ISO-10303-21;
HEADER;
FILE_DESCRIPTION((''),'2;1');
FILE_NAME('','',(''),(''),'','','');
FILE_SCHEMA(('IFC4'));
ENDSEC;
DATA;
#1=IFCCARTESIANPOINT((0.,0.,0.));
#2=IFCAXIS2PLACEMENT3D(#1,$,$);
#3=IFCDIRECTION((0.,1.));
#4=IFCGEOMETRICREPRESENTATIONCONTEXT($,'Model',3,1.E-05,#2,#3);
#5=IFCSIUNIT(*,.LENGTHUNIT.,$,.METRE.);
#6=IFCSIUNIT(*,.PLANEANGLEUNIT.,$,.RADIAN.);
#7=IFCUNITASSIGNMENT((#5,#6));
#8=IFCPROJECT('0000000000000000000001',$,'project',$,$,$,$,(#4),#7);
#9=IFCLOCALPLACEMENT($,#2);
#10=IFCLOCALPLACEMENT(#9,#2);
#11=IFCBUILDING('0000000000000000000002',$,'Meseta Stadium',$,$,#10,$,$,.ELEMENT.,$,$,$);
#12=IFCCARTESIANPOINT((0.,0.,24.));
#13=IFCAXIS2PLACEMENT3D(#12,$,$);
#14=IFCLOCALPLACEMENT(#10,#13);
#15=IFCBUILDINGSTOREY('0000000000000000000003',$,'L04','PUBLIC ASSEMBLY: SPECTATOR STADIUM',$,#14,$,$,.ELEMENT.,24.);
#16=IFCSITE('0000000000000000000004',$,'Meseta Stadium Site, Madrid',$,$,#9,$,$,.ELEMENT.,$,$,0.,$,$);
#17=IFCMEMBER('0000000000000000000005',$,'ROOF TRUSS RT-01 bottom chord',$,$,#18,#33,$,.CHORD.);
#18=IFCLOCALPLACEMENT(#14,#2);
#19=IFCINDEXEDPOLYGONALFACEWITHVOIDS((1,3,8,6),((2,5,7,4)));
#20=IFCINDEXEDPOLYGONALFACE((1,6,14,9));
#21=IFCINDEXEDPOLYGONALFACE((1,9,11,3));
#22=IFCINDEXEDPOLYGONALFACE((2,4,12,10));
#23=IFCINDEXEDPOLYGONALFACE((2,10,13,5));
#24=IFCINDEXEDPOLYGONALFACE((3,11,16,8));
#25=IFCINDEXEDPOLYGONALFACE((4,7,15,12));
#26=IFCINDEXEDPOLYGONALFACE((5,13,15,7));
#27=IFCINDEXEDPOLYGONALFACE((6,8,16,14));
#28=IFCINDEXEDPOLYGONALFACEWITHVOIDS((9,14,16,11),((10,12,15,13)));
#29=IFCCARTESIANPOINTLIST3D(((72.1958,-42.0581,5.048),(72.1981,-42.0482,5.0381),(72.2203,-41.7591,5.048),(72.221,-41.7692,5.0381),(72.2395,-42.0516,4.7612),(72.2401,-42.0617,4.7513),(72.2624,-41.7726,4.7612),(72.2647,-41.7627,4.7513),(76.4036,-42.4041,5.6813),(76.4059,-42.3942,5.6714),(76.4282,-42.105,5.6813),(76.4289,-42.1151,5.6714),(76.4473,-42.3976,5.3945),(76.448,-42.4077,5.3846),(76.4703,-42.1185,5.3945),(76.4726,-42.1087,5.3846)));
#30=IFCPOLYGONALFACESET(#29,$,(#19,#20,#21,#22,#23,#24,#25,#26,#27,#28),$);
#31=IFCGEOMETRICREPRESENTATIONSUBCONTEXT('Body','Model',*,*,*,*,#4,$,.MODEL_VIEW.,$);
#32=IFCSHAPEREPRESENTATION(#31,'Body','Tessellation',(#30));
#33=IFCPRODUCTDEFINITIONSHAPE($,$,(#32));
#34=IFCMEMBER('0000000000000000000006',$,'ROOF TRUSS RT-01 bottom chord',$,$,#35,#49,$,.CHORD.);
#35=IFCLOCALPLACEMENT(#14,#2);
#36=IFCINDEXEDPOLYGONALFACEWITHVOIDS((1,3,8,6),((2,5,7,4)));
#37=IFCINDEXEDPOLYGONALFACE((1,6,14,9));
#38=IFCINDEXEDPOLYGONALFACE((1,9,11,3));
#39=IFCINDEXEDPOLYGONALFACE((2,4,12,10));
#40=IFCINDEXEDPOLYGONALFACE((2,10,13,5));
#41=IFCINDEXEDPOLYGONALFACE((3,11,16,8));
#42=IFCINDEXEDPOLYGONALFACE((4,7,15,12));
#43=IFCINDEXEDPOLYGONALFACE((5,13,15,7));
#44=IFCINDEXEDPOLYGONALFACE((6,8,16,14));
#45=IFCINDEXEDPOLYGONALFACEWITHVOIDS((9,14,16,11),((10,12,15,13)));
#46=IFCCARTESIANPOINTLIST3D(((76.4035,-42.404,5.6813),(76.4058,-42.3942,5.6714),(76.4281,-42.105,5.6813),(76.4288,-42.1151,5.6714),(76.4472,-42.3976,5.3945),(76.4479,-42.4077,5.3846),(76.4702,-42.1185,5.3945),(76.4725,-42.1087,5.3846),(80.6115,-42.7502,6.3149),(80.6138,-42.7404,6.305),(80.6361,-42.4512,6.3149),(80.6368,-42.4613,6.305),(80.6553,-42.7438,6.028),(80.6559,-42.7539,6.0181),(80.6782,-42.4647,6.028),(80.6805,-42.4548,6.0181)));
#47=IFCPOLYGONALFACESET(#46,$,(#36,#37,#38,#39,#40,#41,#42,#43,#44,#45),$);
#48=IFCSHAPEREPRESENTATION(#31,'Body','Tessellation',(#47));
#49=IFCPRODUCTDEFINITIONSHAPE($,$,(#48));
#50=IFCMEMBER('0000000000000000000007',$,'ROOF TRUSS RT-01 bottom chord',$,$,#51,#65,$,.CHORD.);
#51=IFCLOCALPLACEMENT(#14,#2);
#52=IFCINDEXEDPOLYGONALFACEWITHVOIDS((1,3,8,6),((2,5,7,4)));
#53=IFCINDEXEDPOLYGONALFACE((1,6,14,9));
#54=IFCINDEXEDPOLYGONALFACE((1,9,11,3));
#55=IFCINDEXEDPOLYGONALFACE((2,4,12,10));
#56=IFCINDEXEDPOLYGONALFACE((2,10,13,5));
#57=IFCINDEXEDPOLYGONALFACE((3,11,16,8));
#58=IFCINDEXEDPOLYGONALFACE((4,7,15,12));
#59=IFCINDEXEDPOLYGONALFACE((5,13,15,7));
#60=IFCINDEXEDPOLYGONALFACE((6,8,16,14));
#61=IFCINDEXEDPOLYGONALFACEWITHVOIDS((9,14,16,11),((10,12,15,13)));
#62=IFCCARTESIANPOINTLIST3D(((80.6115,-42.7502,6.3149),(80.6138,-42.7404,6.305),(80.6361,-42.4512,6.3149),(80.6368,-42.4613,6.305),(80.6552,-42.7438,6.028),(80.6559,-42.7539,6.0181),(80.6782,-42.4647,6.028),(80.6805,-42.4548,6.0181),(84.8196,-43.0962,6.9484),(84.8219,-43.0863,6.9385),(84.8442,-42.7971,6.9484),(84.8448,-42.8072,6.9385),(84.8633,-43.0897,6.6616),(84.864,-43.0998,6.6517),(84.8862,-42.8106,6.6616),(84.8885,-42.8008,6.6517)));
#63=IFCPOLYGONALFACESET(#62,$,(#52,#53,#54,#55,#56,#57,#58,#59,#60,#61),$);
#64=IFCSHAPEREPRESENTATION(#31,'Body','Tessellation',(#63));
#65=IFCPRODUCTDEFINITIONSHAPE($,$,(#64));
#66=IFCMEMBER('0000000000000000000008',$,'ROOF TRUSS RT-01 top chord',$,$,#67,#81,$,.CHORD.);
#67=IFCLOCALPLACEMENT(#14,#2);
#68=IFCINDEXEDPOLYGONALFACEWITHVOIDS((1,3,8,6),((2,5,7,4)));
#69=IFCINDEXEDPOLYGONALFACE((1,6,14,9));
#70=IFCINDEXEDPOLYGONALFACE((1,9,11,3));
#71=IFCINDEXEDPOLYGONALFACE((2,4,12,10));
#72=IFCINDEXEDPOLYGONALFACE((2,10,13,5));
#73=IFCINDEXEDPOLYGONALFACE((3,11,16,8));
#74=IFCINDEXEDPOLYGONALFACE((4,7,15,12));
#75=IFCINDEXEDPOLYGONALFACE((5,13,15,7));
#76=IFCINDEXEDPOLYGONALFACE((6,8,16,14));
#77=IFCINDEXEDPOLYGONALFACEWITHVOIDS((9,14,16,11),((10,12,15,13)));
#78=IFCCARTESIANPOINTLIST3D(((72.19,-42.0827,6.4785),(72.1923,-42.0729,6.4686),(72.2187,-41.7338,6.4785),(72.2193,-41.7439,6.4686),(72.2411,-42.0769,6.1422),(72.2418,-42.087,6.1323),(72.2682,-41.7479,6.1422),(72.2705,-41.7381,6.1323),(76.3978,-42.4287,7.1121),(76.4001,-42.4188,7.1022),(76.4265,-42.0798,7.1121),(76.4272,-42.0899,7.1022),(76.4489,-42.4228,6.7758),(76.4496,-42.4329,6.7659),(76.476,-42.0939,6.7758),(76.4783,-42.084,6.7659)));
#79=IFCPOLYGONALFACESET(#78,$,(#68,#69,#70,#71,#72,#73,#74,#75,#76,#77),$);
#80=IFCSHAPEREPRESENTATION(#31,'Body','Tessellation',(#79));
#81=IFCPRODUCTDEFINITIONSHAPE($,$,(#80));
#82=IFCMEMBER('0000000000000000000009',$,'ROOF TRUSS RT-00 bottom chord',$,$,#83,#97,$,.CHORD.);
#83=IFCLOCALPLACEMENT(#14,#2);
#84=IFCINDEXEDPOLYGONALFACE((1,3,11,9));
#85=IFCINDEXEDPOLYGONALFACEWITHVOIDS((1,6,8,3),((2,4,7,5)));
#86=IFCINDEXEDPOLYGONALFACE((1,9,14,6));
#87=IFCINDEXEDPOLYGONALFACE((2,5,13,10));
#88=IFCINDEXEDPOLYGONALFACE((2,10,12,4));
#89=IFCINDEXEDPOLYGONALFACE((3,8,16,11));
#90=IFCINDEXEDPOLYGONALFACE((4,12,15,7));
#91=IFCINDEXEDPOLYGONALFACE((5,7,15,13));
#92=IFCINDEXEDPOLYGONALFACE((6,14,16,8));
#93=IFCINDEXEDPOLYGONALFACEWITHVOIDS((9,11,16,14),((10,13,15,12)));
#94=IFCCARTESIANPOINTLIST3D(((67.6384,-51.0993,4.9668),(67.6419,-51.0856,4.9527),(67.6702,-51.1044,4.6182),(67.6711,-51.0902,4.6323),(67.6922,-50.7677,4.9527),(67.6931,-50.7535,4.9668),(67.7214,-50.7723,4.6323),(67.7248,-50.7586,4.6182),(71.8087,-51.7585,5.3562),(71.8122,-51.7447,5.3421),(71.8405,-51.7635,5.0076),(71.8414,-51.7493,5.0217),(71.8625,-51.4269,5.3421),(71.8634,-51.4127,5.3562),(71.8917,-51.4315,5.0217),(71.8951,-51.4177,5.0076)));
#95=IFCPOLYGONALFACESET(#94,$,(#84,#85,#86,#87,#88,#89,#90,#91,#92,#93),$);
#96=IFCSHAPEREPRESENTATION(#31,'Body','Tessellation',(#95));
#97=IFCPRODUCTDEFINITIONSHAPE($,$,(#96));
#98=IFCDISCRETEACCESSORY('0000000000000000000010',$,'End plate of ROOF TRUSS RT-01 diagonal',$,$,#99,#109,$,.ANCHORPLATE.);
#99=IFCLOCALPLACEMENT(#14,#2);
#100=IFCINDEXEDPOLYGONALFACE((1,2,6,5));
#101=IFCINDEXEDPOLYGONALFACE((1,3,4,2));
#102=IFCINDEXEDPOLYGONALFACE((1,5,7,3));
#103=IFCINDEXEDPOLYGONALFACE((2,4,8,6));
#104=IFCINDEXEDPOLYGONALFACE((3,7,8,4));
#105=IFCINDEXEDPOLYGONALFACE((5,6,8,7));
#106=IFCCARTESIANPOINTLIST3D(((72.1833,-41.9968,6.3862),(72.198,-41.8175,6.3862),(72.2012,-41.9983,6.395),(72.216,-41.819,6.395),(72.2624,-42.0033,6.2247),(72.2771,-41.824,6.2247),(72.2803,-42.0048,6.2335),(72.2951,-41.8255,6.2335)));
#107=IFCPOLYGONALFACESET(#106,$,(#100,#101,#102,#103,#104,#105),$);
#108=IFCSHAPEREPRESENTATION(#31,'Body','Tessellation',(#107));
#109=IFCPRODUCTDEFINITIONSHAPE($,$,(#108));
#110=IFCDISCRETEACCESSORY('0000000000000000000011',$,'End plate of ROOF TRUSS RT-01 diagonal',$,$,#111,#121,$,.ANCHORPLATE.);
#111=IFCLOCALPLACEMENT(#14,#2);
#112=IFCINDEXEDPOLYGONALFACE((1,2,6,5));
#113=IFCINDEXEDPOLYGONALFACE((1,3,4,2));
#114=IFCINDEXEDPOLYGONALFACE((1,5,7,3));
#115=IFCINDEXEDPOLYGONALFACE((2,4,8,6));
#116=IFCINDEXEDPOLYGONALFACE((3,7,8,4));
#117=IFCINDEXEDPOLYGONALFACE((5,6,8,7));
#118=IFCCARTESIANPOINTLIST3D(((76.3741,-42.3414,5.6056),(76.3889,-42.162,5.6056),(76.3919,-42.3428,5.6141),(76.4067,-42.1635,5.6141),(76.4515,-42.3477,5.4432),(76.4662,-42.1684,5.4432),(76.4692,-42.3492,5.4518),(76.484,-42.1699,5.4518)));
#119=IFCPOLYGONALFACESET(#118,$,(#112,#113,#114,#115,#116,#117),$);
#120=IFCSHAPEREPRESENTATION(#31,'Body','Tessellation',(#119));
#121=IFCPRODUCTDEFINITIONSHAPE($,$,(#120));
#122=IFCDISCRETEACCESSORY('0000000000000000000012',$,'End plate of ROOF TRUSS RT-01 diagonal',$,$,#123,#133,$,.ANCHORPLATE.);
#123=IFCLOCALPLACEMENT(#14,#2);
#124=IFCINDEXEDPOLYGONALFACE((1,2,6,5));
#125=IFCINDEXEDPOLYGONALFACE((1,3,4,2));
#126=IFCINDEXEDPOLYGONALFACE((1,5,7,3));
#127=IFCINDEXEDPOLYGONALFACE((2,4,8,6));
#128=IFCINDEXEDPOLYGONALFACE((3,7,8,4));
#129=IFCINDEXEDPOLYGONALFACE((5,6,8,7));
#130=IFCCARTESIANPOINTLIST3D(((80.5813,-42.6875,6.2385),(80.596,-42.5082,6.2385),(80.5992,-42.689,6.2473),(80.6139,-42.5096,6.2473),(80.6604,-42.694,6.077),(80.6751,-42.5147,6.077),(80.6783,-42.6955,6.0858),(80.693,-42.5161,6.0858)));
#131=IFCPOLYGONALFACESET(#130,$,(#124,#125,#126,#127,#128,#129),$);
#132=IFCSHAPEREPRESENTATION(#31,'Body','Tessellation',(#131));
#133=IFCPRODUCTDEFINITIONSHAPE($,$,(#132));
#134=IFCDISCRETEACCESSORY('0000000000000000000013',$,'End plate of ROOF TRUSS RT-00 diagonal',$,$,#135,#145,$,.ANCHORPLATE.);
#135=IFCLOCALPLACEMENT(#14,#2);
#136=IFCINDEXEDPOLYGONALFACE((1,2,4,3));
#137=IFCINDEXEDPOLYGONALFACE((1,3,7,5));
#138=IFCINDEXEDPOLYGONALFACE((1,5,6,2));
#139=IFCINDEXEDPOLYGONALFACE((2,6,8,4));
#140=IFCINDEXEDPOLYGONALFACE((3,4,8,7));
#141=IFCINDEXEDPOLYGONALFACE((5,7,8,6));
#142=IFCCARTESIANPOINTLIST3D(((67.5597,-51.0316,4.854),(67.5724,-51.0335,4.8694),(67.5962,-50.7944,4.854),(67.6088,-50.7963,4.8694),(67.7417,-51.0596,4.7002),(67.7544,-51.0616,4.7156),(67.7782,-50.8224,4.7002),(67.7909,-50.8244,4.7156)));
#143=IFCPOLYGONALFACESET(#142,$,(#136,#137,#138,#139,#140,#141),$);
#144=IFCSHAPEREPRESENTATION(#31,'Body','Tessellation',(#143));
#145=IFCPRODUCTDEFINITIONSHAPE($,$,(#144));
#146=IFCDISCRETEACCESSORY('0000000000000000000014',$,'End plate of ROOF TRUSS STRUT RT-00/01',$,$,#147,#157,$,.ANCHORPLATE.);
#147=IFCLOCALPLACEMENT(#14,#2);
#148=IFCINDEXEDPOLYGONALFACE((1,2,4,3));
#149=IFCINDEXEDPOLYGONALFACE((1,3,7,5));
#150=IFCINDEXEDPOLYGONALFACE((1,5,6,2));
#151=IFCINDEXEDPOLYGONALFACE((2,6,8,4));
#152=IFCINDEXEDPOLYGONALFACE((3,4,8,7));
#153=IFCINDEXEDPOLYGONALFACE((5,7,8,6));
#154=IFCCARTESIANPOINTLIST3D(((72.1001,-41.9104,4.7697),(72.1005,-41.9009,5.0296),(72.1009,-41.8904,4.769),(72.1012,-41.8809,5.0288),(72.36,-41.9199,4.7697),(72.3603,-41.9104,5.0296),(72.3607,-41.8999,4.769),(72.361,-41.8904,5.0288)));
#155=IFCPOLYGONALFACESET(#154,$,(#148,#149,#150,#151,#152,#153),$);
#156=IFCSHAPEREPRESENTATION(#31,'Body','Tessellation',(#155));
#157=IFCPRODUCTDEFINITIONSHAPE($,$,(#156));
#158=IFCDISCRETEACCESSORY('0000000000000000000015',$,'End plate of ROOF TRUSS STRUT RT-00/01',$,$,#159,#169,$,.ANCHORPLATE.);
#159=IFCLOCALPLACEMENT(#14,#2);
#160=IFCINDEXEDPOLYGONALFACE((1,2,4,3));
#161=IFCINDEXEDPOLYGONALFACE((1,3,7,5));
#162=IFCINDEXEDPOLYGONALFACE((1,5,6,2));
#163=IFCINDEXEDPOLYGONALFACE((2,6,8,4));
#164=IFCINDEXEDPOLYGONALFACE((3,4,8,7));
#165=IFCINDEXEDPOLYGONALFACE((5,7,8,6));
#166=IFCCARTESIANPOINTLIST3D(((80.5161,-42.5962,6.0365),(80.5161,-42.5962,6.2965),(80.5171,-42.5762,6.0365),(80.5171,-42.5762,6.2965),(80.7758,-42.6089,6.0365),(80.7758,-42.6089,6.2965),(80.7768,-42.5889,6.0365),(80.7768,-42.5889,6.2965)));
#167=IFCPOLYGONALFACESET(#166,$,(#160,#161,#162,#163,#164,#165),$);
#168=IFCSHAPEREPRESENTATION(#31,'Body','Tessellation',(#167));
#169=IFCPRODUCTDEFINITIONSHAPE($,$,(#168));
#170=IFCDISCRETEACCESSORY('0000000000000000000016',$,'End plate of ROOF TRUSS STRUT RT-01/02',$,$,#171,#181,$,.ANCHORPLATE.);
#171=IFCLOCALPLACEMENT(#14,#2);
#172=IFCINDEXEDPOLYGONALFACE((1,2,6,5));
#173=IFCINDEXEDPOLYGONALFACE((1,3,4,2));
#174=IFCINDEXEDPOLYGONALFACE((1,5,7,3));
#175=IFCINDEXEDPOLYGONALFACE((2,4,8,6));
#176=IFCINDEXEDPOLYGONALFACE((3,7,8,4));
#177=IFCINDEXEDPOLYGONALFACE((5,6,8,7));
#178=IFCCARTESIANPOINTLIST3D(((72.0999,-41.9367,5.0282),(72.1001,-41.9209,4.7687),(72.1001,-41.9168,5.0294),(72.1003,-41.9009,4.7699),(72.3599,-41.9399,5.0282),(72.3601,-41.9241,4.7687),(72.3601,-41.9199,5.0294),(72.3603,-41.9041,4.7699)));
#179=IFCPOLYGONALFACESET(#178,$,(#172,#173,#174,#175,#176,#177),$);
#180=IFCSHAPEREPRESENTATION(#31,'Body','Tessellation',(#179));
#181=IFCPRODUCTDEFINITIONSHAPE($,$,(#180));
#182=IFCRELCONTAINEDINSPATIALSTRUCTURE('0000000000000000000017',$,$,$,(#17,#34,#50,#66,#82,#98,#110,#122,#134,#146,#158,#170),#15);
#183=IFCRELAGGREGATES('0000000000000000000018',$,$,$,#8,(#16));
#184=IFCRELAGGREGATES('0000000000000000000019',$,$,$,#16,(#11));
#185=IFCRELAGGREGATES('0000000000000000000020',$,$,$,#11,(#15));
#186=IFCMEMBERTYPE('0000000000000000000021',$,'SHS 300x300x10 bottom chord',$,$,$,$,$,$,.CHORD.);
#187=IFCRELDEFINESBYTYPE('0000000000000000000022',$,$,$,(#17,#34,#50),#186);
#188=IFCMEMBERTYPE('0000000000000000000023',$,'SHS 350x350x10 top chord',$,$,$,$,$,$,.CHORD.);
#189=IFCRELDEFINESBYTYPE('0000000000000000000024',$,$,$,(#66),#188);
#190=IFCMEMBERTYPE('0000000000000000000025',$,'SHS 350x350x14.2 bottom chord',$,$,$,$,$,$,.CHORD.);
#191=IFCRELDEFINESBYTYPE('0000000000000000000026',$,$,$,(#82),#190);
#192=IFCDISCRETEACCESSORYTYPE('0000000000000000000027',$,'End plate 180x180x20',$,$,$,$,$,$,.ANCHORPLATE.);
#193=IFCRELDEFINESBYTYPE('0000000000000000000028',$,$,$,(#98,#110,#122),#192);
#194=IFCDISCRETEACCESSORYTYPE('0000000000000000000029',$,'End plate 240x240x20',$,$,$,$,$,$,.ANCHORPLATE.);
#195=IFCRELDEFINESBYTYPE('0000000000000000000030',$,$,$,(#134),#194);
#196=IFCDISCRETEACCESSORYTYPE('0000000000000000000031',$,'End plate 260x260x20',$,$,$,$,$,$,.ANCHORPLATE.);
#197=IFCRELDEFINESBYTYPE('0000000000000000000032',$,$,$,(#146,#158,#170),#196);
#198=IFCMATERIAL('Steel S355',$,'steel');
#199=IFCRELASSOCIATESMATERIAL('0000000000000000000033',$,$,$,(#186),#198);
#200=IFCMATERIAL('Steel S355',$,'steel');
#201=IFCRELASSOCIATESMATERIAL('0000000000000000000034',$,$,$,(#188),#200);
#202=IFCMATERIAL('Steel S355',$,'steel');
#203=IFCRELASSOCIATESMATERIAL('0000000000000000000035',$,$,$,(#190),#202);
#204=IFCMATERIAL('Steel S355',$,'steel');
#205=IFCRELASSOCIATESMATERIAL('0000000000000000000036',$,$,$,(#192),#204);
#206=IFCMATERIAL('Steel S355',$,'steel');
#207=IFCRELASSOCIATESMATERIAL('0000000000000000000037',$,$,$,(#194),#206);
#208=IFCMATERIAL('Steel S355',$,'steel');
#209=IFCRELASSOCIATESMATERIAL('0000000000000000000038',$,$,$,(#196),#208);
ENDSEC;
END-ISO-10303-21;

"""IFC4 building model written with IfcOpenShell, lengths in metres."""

from ifc_helpers import new_model, si_unit, direction, frame, origin, origin_2d, place, context, subcontext, project, spatial, rectangle, hollow_rectangle, extrude, material, material_profile, profile_set, type_object, element, save


model = new_model("IFC4")

# Units and contexts
model_context = context("Model", 3, precision=1e-05, world=origin(), true_north=direction((0.0, 1.0)))
body_context = subcontext(model_context, "Body", "Model", "MODEL_VIEW")
ifc_project = project(units=[si_unit("LENGTHUNIT", "METRE"), si_unit("PLANEANGLEUNIT", "RADIAN")], contexts=[model_context])

# Site, building, storey
site_placement = place(None, origin())
site = spatial("IfcSite", under=ifc_project, at=site_placement, Name="Meseta Stadium Site, Madrid", CompositionType="ELEMENT", RefElevation=0.0)
building_placement = place(site_placement, origin())
building = spatial("IfcBuilding", under=site, at=building_placement, Name="Meseta Stadium", CompositionType="ELEMENT")
storey_placement = place(building_placement, frame((0.0, 0.0, 24.0)))
storey = spatial("IfcBuildingStorey", under=building, at=storey_placement, Name="L04", Description="PUBLIC ASSEMBLY: SPECTATOR STADIUM", CompositionType="ELEMENT", Elevation=24.0)

# Members
ifc_material_1 = material(Name="Steel S355", Category="steel")
ifc_material_profile_1 = material_profile(ifc_material_1, hollow_rectangle(XDim=0.3, YDim=0.3, WallThickness=0.01, at=origin_2d()), Name="SHS 300x300x10")
ifc_profile_set_1 = profile_set([ifc_material_profile_1], Name="Steel S355")
member_type_1 = type_object("IfcMemberType", Name="SHS 300x300x10 bottom chord", PredefinedType="CHORD", material=ifc_profile_set_1)
member_1_placement = place(storey_placement, frame((72.2302, -41.9104, 4.8997), z_axis=(0.985611, -0.081033, 0.148342), x_axis=(0.08194, 0.996637, 0.0)))
element("IfcMember", 1, at=member_1_placement, inside=storey, type_object=member_type_1, Name="ROOF TRUSS RT-01 bottom chord", PredefinedType="CHORD", context=body_context, shape_type="SweptSolid", body=[
    extrude(hollow_rectangle(XDim=0.3, YDim=0.3, WallThickness=0.01, at=origin_2d()), origin(), (0.0, 0.0, 1.0), 4.2693),
])
for number, where, z_axis, x_axis, name in (
    (2, (76.438, -42.2563, 5.533), (0.985599, -0.081085, 0.148389), (0.081993, 0.996633, 0.0), "ROOF TRUSS RT-01 bottom chord"),
    (3, (80.646, -42.6025, 6.1665), (0.985604, -0.081028, 0.14839), (0.081935, 0.996638, 0.0), "ROOF TRUSS RT-01 bottom chord"),
):
    element("IfcMember", number, at=place(storey_placement, frame(where, z_axis=z_axis, x_axis=x_axis)), inside=storey, type_object=member_type_1, Name=name, PredefinedType="CHORD", context=body_context, shape_type="SweptSolid", body=[
        extrude(hollow_rectangle(XDim=0.3, YDim=0.3, WallThickness=0.01, at=origin_2d()), origin(), (0.0, 0.0, 1.0), 4.2695),
    ])
ifc_material_2 = material(Name="Steel S355", Category="steel")
ifc_material_profile_2 = material_profile(ifc_material_2, hollow_rectangle(XDim=0.3501, YDim=0.3501, WallThickness=0.01, at=origin_2d()), Name="SHS 350x350x10")
ifc_profile_set_2 = profile_set([ifc_material_profile_2], Name="Steel S355")
member_type_2 = type_object("IfcMemberType", Name="SHS 350x350x10 top chord", PredefinedType="CHORD", material=ifc_profile_set_2)
member_2_placement = place(storey_placement, frame((72.2302, -41.9104, 6.3054), z_axis=(0.985602, -0.081033, 0.148398), x_axis=(0.08194, 0.996637, 0.0)))
element("IfcMember", 4, at=member_2_placement, inside=storey, type_object=member_type_2, Name="ROOF TRUSS RT-01 top chord", PredefinedType="CHORD", context=body_context, shape_type="SweptSolid", body=[
    extrude(hollow_rectangle(XDim=0.3501, YDim=0.3501, WallThickness=0.01, at=origin_2d()), origin(), (0.0, 0.0, 1.0), 4.2693),
])
ifc_material_3 = material(Name="Steel S355", Category="steel")
ifc_material_profile_3 = material_profile(ifc_material_3, hollow_rectangle(XDim=0.3501, YDim=0.3501, WallThickness=0.0142, at=origin_2d()), Name="SHS 350x350x14.2")
ifc_profile_set_3 = profile_set([ifc_material_profile_3], Name="Steel S355")
member_type_3 = type_object("IfcMemberType", Name="SHS 350x350x14.2 bottom chord", PredefinedType="CHORD", material=ifc_profile_set_3)
member_3_placement = place(storey_placement, frame((67.6816, -50.929, 4.7925), z_axis=(0.983563, -0.155463, 0.091838), x_axis=(0.156123, 0.987738, 0.0)))
element("IfcMember", 5, at=member_3_placement, inside=storey, type_object=member_type_3, Name="ROOF TRUSS RT-00 bottom chord", PredefinedType="CHORD", context=body_context, shape_type="SweptSolid", body=[
    extrude(hollow_rectangle(XDim=0.3501, YDim=0.3501, WallThickness=0.0142, at=origin_2d()), origin(), (0.0, 0.0, 1.0), 4.24),
])

# Discrete accessories
ifc_material_4 = material(Name="Steel S355", Category="steel")
ifc_material_profile_4 = material_profile(ifc_material_4, rectangle(XDim=0.1799, YDim=0.1799, at=origin_2d()), Name="PL 180x180")
ifc_profile_set_4 = profile_set([ifc_material_profile_4], Name="Steel S355")
discrete_accessory_type_1 = type_object("IfcDiscreteAccessoryType", Name="End plate 180x180x20", PredefinedType="ANCHORPLATE", material=ifc_profile_set_4)
discrete_accessory_1_placement = place(storey_placement, frame((72.2302, -41.9104, 6.3054), z_axis=(0.894444, -0.073516, 0.441096), x_axis=(0.081916, 0.996639, 0.0)))
element("IfcDiscreteAccessory", 6, at=discrete_accessory_1_placement, inside=storey, type_object=discrete_accessory_type_1, Name="End plate of ROOF TRUSS RT-01 diagonal", PredefinedType="ANCHORPLATE", context=body_context, shape_type="SweptSolid", body=[
    extrude(rectangle(XDim=0.1799, YDim=0.1799, at=origin_2d()), origin(), (0.0, 0.0, 1.0), 0.02),
])
discrete_accessory_2_placement = place(storey_placement, frame((76.4202, -42.2549, 5.5244), z_axis=(0.899249, -0.073911, 0.431147), x_axis=(0.081916, 0.996639, 0.0)))
element("IfcDiscreteAccessory", 7, at=discrete_accessory_2_placement, inside=storey, type_object=discrete_accessory_type_1, Name="End plate of ROOF TRUSS RT-01 diagonal", PredefinedType="ANCHORPLATE", context=body_context, shape_type="SweptSolid", body=[
    extrude(rectangle(XDim=0.1799, YDim=0.1799, at=origin_2d()), origin(), (0.0, 0.0, 1.0), 0.0198),
])
discrete_accessory_3_placement = place(storey_placement, frame((80.6282, -42.6011, 6.1577), z_axis=(0.894444, -0.073516, 0.441096), x_axis=(0.081916, 0.996639, 0.0)))
element("IfcDiscreteAccessory", 8, at=discrete_accessory_3_placement, inside=storey, type_object=discrete_accessory_type_1, Name="End plate of ROOF TRUSS RT-01 diagonal", PredefinedType="ANCHORPLATE", context=body_context, shape_type="SweptSolid", body=[
    extrude(rectangle(XDim=0.1799, YDim=0.1799, at=origin_2d()), origin(), (0.0, 0.0, 1.0), 0.02),
])
ifc_material_5 = material(Name="Steel S355", Category="steel")
ifc_material_profile_5 = material_profile(ifc_material_5, rectangle(XDim=0.24, YDim=0.24, at=origin_2d()), Name="PL 240x240")
ifc_profile_set_5 = profile_set([ifc_material_profile_5], Name="Steel S355")
discrete_accessory_type_2 = type_object("IfcDiscreteAccessoryType", Name="End plate 240x240x20", PredefinedType="ANCHORPLATE", material=ifc_profile_set_5)
discrete_accessory_4_placement = place(storey_placement, frame((67.6689, -50.927, 4.7771), z_axis=(0.633534, -0.097467, 0.767551), x_axis=(0.152057, 0.988372, 0.0)))
element("IfcDiscreteAccessory", 9, at=discrete_accessory_4_placement, inside=storey, type_object=discrete_accessory_type_2, Name="End plate of ROOF TRUSS RT-00 diagonal", PredefinedType="ANCHORPLATE", context=body_context, shape_type="SweptSolid", body=[
    extrude(rectangle(XDim=0.24, YDim=0.24, at=origin_2d()), origin(), (0.0, 0.0, 1.0), 0.02),
])
ifc_material_6 = material(Name="Steel S355", Category="steel")
ifc_material_profile_6 = material_profile(ifc_material_6, rectangle(XDim=0.26, YDim=0.26, at=origin_2d()), Name="PL 260x260")
ifc_profile_set_6 = profile_set([ifc_material_profile_6], Name="Steel S355")
discrete_accessory_type_3 = type_object("IfcDiscreteAccessoryType", Name="End plate 260x260x20", PredefinedType="ANCHORPLATE", material=ifc_profile_set_6)
for number, where, z_axis, x_axis, name in (
    (10, (72.2302, -41.9104, 4.8997), (0.036536, 0.998664, -0.036536), (-0.999331, 0.036561, 0.0), "End plate of ROOF TRUSS STRUT RT-00/01"),
    (11, (80.646, -42.6025, 6.1665), (0.048723, 0.998812, 0.0), (-0.998812, 0.048723, 0.0), "End plate of ROOF TRUSS STRUT RT-00/01"),
    (12, (72.23, -41.9304, 4.8984), (0.012172, 0.998072, 0.060858), (-0.999926, 0.012194, 0.0), "End plate of ROOF TRUSS STRUT RT-01/02"),
):
    element("IfcDiscreteAccessory", number, at=place(storey_placement, frame(where, z_axis=z_axis, x_axis=x_axis)), inside=storey, type_object=discrete_accessory_type_3, Name=name, PredefinedType="ANCHORPLATE", context=body_context, shape_type="SweptSolid", body=[
        extrude(rectangle(XDim=0.26, YDim=0.26, at=origin_2d()), origin(), (0.0, 0.0, 1.0), 0.02),
    ])

save(model, "model.ifc")
